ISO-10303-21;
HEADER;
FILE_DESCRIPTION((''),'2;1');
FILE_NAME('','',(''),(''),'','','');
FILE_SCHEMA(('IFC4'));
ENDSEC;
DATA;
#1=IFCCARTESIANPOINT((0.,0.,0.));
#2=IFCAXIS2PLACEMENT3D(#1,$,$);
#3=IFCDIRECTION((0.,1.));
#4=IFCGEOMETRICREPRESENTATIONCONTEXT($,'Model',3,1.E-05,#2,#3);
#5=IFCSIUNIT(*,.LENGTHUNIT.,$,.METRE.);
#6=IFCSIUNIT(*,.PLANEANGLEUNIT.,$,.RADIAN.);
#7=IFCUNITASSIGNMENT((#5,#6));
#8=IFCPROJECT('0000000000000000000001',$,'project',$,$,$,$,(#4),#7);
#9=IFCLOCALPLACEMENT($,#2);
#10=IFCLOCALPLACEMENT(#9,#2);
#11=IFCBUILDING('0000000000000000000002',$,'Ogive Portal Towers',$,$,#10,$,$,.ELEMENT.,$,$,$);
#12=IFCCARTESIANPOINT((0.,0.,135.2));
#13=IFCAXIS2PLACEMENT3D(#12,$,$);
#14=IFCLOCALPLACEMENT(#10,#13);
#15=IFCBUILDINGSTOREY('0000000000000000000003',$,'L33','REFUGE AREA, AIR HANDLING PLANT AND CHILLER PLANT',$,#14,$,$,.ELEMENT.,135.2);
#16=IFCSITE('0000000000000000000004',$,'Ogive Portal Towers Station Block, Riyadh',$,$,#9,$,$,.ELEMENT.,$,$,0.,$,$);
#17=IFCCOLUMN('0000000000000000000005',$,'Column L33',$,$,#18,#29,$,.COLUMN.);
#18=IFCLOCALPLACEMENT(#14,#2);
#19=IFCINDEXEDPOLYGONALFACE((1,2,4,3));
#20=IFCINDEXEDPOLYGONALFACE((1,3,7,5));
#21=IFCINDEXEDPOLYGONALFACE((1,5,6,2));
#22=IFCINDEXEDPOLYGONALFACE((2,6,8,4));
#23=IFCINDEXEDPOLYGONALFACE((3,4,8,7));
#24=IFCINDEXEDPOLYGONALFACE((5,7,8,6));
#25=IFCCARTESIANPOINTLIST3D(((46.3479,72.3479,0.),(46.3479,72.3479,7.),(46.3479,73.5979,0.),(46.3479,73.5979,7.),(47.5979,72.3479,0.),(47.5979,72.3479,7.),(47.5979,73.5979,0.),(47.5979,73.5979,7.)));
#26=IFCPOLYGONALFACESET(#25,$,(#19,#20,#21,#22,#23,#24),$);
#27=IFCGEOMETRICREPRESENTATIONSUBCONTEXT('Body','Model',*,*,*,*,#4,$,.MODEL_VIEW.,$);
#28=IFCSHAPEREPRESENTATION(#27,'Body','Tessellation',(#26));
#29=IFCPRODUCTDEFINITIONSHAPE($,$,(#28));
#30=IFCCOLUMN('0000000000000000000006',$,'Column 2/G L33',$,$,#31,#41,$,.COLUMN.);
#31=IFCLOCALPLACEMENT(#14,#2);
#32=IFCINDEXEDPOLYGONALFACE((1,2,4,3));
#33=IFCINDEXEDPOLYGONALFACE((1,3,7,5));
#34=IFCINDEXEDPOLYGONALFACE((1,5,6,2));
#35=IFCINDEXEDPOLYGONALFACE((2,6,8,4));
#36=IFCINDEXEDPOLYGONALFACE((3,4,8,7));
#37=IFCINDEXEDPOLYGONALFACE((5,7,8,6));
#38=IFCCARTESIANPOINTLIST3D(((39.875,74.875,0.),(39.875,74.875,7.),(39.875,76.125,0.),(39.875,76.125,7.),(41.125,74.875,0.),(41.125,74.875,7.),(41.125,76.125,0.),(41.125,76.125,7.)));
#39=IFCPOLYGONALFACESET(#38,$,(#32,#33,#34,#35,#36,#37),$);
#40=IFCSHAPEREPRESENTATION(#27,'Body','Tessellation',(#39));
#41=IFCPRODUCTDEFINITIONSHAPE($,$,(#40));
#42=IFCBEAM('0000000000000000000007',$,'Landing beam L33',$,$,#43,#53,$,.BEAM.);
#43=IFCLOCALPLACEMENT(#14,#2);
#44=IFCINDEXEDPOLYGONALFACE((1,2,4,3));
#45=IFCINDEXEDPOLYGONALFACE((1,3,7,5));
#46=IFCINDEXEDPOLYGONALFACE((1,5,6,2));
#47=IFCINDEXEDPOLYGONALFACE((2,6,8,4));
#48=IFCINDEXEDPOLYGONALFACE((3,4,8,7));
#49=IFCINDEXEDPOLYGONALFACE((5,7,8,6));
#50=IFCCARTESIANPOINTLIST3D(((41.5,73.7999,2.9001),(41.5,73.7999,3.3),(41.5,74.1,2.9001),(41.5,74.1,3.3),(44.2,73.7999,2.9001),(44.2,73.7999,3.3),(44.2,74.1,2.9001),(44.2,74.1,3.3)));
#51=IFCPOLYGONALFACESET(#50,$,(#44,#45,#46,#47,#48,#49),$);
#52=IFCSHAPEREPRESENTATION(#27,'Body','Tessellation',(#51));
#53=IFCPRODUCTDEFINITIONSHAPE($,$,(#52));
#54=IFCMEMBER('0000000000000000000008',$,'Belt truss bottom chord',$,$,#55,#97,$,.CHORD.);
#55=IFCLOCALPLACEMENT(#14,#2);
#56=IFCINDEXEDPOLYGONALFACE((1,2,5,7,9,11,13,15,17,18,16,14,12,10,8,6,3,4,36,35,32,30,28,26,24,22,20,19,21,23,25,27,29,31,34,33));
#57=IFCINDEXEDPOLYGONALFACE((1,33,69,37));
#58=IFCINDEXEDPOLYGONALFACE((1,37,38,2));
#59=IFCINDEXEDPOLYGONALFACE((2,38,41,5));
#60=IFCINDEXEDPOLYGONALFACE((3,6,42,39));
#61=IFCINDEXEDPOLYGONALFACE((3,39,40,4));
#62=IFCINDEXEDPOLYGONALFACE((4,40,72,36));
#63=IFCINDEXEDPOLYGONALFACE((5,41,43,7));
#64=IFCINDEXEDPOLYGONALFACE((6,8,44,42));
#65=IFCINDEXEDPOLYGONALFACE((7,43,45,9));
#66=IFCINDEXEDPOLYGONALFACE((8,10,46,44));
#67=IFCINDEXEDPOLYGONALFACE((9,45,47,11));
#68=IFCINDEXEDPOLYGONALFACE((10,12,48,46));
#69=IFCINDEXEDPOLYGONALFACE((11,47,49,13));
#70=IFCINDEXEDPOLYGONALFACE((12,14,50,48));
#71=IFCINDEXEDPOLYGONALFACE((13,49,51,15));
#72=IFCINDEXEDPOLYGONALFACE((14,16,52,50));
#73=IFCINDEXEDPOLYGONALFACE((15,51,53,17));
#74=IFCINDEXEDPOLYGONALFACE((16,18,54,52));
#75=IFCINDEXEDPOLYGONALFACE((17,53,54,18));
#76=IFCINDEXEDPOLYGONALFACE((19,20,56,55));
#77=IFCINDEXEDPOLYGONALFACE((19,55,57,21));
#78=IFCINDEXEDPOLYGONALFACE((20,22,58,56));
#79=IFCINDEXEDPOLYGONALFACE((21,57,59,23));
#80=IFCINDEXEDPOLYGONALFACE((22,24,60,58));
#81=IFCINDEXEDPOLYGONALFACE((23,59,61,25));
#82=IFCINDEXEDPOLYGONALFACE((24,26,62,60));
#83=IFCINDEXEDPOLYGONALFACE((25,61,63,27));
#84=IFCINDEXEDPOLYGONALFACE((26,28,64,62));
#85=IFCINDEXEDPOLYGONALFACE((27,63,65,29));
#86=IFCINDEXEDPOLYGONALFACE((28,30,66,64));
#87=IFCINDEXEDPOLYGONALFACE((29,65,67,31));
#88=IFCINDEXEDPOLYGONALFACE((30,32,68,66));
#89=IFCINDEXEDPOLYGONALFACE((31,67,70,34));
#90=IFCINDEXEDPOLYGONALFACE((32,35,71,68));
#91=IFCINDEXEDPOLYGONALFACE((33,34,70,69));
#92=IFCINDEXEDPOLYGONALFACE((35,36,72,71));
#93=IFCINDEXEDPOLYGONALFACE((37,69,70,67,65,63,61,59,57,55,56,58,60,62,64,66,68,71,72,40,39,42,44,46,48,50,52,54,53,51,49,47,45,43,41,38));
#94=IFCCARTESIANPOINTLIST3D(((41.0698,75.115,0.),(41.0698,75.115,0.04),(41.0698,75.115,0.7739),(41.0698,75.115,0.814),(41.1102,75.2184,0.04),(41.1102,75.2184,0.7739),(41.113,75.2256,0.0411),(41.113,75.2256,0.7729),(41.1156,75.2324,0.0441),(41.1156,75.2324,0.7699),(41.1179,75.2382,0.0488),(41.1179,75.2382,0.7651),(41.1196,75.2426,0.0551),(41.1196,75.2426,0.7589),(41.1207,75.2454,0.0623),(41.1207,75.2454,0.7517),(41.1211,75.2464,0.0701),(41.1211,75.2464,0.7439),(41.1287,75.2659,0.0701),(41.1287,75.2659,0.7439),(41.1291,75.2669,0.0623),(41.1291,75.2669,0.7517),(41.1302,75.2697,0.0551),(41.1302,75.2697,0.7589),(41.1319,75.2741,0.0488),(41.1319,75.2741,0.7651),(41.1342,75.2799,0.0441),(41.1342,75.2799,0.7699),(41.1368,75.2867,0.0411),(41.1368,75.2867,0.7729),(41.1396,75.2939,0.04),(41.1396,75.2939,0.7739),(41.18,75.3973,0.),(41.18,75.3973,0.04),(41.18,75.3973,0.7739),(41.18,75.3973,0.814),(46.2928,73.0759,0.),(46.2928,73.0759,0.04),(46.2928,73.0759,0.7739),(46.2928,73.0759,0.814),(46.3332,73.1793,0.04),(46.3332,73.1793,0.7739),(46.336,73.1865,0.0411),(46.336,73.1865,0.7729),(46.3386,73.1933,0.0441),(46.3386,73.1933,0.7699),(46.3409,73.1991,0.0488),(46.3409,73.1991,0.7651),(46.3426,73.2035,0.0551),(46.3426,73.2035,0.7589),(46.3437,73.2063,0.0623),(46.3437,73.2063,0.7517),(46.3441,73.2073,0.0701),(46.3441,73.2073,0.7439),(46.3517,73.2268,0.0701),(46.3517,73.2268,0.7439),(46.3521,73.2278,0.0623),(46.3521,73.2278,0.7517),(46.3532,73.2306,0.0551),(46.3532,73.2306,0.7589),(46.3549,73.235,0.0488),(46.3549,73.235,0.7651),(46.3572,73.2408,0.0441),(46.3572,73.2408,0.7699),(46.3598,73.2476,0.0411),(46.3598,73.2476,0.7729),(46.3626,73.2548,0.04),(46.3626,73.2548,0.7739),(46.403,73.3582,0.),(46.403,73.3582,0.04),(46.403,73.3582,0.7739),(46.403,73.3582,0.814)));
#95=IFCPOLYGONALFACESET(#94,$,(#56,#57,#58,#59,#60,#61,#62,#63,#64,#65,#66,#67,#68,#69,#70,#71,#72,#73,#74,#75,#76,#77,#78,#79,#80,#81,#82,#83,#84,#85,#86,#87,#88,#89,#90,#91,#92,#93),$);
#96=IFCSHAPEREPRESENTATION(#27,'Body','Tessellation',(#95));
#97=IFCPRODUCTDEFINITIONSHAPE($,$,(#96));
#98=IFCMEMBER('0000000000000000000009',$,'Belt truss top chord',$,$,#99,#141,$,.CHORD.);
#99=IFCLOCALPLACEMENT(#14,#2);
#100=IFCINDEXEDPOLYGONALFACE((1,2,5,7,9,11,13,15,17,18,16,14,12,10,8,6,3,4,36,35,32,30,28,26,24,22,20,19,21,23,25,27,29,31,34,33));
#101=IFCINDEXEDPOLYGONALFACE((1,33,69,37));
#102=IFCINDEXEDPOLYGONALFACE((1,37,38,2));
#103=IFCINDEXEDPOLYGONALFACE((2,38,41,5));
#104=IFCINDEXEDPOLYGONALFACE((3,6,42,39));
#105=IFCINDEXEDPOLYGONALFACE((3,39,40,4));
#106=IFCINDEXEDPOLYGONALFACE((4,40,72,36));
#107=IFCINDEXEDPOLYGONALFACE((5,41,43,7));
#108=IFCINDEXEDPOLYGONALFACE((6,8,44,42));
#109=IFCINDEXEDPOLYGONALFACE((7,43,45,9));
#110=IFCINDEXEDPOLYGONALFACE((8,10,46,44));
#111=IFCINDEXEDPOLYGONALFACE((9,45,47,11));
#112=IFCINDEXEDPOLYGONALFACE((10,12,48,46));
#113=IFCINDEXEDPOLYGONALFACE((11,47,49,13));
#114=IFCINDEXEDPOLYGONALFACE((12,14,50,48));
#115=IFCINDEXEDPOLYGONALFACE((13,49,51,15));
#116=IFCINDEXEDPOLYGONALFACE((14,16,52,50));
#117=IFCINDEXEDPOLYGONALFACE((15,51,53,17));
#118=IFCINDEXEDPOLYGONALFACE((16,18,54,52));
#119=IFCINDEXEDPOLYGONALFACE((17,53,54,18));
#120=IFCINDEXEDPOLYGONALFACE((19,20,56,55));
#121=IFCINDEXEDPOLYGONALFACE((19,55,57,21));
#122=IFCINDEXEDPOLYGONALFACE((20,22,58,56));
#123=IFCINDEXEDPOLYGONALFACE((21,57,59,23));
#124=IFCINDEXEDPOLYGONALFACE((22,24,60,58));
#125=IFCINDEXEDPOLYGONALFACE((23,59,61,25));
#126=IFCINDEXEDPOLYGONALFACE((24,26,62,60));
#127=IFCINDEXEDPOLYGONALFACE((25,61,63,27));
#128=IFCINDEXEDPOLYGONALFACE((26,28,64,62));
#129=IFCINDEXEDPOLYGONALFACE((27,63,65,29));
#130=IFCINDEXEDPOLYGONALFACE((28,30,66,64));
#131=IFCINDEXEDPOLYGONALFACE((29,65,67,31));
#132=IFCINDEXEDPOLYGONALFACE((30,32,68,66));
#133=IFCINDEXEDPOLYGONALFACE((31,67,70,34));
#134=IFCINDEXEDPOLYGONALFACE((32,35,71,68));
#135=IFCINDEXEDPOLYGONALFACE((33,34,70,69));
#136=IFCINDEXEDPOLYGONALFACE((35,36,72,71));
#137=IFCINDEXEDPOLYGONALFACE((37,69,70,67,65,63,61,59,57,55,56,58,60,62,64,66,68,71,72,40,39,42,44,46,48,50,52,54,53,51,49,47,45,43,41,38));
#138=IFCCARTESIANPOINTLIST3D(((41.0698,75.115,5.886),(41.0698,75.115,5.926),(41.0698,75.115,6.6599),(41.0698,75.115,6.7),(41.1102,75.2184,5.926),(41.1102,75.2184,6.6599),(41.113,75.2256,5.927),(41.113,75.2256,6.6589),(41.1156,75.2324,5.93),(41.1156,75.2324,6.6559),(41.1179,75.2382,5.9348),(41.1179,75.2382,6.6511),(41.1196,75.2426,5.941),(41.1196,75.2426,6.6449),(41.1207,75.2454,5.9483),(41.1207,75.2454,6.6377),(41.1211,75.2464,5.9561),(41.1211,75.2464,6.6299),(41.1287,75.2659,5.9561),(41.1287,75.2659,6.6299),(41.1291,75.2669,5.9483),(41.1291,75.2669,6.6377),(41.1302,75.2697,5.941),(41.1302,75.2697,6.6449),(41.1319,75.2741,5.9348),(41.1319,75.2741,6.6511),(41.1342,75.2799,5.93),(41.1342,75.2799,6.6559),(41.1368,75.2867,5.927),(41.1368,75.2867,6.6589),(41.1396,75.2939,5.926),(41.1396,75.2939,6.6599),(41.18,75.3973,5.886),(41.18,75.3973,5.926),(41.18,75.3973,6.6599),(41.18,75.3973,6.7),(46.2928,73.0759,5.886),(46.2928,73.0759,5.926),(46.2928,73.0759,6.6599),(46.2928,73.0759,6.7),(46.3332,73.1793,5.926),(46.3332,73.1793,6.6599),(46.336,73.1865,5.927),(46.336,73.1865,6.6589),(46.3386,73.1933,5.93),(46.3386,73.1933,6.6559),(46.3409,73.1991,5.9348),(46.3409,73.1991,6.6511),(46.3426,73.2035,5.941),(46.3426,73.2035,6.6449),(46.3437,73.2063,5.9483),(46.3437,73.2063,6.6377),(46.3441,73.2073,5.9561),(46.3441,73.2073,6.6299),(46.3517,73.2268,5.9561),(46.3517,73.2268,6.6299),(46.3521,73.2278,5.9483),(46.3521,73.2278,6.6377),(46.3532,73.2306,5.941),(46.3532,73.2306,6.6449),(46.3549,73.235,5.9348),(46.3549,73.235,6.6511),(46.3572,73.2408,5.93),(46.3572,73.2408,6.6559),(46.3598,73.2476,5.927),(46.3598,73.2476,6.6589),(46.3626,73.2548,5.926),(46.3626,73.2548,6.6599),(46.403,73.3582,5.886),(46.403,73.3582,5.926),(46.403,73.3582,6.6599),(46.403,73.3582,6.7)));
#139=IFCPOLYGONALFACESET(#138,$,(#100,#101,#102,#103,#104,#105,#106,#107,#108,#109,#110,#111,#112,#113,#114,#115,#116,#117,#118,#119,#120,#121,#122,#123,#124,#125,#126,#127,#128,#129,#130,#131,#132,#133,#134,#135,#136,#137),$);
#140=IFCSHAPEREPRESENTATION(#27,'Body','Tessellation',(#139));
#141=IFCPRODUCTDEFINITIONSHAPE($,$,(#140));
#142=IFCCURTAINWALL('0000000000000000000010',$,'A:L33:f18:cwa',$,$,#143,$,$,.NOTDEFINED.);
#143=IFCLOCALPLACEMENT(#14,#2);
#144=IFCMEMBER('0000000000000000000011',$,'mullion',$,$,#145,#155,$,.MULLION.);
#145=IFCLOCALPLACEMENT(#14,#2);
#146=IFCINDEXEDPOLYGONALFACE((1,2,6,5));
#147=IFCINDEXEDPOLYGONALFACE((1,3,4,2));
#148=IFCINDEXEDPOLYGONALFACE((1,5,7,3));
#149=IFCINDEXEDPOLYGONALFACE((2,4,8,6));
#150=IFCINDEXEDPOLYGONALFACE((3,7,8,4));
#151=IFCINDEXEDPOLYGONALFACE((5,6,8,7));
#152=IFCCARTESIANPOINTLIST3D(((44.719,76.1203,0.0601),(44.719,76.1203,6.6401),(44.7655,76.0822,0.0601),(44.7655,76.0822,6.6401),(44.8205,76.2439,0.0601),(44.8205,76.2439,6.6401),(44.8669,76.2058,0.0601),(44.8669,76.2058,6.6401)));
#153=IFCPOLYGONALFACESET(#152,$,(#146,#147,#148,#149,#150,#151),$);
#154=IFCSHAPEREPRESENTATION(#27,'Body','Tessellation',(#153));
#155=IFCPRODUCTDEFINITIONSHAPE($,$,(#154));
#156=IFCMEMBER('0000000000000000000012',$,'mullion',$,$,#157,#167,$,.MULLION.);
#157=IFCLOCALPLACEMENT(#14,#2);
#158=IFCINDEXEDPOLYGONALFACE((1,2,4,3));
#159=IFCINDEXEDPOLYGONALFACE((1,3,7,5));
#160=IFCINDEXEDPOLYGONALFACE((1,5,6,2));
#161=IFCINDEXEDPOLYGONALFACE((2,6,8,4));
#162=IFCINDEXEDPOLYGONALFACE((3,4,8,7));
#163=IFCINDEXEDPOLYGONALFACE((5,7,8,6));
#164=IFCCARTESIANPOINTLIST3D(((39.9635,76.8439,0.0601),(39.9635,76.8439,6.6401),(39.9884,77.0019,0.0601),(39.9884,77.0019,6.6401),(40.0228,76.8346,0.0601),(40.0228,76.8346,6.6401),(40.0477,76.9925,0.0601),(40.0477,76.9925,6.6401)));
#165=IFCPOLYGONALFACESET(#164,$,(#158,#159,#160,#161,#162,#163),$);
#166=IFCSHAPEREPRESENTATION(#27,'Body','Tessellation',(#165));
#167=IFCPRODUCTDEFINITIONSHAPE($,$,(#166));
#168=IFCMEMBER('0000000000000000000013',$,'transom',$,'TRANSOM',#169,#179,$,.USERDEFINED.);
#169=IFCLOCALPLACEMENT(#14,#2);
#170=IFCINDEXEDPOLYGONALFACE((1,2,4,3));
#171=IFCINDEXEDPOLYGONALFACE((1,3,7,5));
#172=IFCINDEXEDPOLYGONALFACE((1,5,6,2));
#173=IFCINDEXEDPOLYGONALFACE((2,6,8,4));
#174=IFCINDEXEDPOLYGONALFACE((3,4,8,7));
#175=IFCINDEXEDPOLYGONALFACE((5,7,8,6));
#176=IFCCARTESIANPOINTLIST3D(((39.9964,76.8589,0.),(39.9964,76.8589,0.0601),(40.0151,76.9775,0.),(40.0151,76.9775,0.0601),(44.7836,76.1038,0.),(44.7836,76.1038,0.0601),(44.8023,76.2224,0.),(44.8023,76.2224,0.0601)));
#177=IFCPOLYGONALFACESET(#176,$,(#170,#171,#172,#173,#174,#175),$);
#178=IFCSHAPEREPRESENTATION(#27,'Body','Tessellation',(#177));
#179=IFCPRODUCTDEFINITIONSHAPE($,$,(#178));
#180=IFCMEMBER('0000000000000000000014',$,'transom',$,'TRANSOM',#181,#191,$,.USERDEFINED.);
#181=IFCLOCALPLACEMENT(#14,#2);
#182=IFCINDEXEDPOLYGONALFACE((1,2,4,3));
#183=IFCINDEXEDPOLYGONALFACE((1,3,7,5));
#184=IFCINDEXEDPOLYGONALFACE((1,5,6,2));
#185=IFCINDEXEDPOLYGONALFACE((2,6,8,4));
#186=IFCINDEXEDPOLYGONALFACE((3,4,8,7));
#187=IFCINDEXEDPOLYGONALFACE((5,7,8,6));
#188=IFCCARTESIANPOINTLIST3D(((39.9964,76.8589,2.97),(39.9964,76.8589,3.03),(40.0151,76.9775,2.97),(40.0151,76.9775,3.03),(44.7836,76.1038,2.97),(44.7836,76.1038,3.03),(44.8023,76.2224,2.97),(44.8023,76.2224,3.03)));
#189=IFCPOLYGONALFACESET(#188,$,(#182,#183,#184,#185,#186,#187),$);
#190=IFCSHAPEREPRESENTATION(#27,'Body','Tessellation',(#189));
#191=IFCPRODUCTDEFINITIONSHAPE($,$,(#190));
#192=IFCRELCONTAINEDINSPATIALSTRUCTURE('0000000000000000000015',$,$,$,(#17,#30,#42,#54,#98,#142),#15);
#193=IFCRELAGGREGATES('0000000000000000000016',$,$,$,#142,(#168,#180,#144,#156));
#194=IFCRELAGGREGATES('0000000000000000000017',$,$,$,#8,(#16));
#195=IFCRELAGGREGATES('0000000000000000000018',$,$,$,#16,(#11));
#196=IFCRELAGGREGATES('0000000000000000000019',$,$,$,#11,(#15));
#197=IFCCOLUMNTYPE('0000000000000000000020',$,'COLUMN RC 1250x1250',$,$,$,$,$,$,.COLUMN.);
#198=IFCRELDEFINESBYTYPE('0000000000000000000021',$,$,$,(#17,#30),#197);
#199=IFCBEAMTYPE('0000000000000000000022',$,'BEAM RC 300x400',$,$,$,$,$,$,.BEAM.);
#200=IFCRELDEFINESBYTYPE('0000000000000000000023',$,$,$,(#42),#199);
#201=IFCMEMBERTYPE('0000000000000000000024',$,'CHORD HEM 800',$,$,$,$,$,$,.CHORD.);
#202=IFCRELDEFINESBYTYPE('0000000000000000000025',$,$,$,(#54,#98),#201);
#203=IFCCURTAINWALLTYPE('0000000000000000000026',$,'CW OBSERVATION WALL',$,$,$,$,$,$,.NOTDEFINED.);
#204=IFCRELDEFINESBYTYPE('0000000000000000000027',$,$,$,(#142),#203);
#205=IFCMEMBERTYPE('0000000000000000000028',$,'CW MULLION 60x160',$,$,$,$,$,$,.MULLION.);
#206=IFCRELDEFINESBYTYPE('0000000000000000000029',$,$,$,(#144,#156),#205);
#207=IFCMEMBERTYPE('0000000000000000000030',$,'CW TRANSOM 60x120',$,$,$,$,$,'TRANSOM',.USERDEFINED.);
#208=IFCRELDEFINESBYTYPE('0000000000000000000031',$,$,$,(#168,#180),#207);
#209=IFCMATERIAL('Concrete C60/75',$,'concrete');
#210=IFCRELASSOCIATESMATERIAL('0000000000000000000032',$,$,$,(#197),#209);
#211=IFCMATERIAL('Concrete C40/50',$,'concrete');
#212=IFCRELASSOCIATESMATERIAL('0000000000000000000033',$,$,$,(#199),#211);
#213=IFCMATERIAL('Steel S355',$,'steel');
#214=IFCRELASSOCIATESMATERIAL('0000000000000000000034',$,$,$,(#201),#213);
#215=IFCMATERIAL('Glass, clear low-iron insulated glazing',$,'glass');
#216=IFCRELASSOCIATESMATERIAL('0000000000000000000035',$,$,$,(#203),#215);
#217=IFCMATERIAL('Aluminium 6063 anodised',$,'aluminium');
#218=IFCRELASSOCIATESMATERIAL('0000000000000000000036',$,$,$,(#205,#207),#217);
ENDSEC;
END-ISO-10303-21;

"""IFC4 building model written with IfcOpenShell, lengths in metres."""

from ifc_helpers import new_model, si_unit, direction, frame, origin, origin_2d, place, context, subcontext, project, spatial, rectangle, i_section, extrude, material, material_profile, profile_set, type_object, element, aggregate, save


model = new_model("IFC4")

# Units and contexts
model_context = context("Model", 3, precision=1e-05, world=origin(), true_north=direction((0.0, 1.0)))
body_context = subcontext(model_context, "Body", "Model", "MODEL_VIEW")
ifc_project = project(units=[si_unit("LENGTHUNIT", "METRE"), si_unit("PLANEANGLEUNIT", "RADIAN")], contexts=[model_context])

# Site, building, storey
site_placement = place(None, origin())
site = spatial("IfcSite", under=ifc_project, at=site_placement, Name="Ogive Portal Towers Station Block, Riyadh", CompositionType="ELEMENT", RefElevation=0.0)
building_placement = place(site_placement, origin())
building = spatial("IfcBuilding", under=site, at=building_placement, Name="Ogive Portal Towers", CompositionType="ELEMENT")
storey_placement = place(building_placement, frame((0.0, 0.0, 135.2)))
storey = spatial("IfcBuildingStorey", under=building, at=storey_placement, Name="L33", Description="REFUGE AREA, AIR HANDLING PLANT AND CHILLER PLANT", CompositionType="ELEMENT", Elevation=135.2)

# Columns
ifc_material_1 = material(Name="Concrete C60/75", Category="concrete")
ifc_material_profile_1 = material_profile(ifc_material_1, rectangle(XDim=1.25, YDim=1.25, at=origin_2d()), Name="RC 1250x1250")
ifc_profile_set_1 = profile_set([ifc_material_profile_1], Name="Concrete C60/75")
column_type = type_object("IfcColumnType", Name="COLUMN RC 1250x1250", PredefinedType="COLUMN", material=ifc_profile_set_1)
for number, where, z_axis, x_axis, name in (
    (1, (46.9729, 72.9729, 0.0), (0.0, 0.0, 1.0), (1.0, 0.0, 0.0), "Column L33"),
    (2, (40.5, 75.5, 0.0), (0.0, 0.0, 1.0), (1.0, 0.0, 0.0), "Column 2/G L33"),
):
    element("IfcColumn", number, at=place(storey_placement, frame(where, z_axis=z_axis, x_axis=x_axis)), inside=storey, type_object=column_type, Name=name, PredefinedType="COLUMN", context=body_context, shape_type="SweptSolid", body=[
        extrude(rectangle(XDim=1.25, YDim=1.25, at=origin_2d()), origin(), (0.0, 0.0, 1.0), 7.0),
    ])

# Beam
ifc_material_2 = material(Name="Concrete C40/50", Category="concrete")
ifc_material_profile_2 = material_profile(ifc_material_2, rectangle(XDim=0.3, YDim=0.3999, at=origin_2d()), Name="RC 300x400")
ifc_profile_set_2 = profile_set([ifc_material_profile_2], Name="Concrete C40/50")
beam_type = type_object("IfcBeamType", Name="BEAM RC 300x400", PredefinedType="BEAM", material=ifc_profile_set_2)
beam_placement = place(storey_placement, frame((41.5, 73.95, 3.1001), z_axis=(1.0, 0.0, 0.0), x_axis=(0.0, 1.0, 0.0)))
element("IfcBeam", 3, at=beam_placement, inside=storey, type_object=beam_type, Name="Landing beam L33", PredefinedType="BEAM", context=body_context, shape_type="SweptSolid", body=[
    extrude(rectangle(XDim=0.3, YDim=0.3999, at=origin_2d()), origin(), (0.0, 0.0, 1.0), 2.7),
])

# Members
ifc_material_3 = material(Name="Steel S355", Category="steel")
ifc_material_profile_3 = material_profile(ifc_material_3, i_section(OverallWidth=0.303, OverallDepth=0.814, WebThickness=0.021, FlangeThickness=0.04, FilletRadius=0.03, at=origin_2d()), Name="HEM 800")
ifc_profile_set_3 = profile_set([ifc_material_profile_3], Name="Steel S355")
member_type_1 = type_object("IfcMemberType", Name="CHORD HEM 800", PredefinedType="CHORD", material=ifc_profile_set_3)
for number, where, z_axis, x_axis, name in (
    (4, (46.3479, 73.217, 0.407), (-0.931526, 0.363675, 0.0), (-0.363675, -0.931526, 0.0), "Belt truss bottom chord"),
    (5, (46.3479, 73.217, 6.293), (-0.931526, 0.363675, 0.0), (-0.363675, -0.931526, 0.0), "Belt truss top chord"),
):
    element("IfcMember", number, at=place(storey_placement, frame(where, z_axis=z_axis, x_axis=x_axis)), inside=storey, type_object=member_type_1, Name=name, PredefinedType="CHORD", context=body_context, shape_type="SweptSolid", body=[
        extrude(i_section(OverallWidth=0.303, OverallDepth=0.814, WebThickness=0.021, FlangeThickness=0.04, FilletRadius=0.03, at=origin_2d()), origin(), (0.0, 0.0, 1.0), 5.6069),
    ])

# Curtain wall, members
ifc_material_4 = material(Name="Glass, clear low-iron insulated glazing", Category="glass")
curtain_wall_type = type_object("IfcCurtainWallType", Name="CW OBSERVATION WALL", PredefinedType="NOTDEFINED", material=ifc_material_4)
curtain_wall_placement = place(storey_placement, origin())
curtain_wall = element("IfcCurtainWall", 6, at=curtain_wall_placement, inside=storey, type_object=curtain_wall_type, Name="A:L33:f18:cwa", PredefinedType="NOTDEFINED")
ifc_material_5 = material(Name="Aluminium 6063 anodised", Category="aluminium")
ifc_material_profile_4 = material_profile(ifc_material_5, rectangle(XDim=0.1599, YDim=0.0601, at=origin_2d()), Name="AL 60x160")
ifc_profile_set_4 = profile_set([ifc_material_profile_4], Name="Aluminium 6063 anodised")
member_type_2 = type_object("IfcMemberType", Name="CW MULLION 60x160", PredefinedType="MULLION", material=ifc_profile_set_4)
member_1_placement = place(storey_placement, frame((44.793, 76.1631, 0.0601), z_axis=(0.0, 0.0, 1.0), x_axis=(-0.634393, -0.77301, 0.0)))
member_1 = element("IfcMember", 7, at=member_1_placement, type_object=member_type_2, Name="mullion", PredefinedType="MULLION", context=body_context, shape_type="SweptSolid", body=[
    extrude(rectangle(XDim=0.1599, YDim=0.0601, at=origin_2d()), origin(), (0.0, 0.0, 1.0), 6.5801),
])
member_2_placement = place(storey_placement, frame((40.0056, 76.9182, 0.0601), z_axis=(0.0, 0.0, 1.0), x_axis=(-0.155777, -0.987792, 0.0)))
member_2 = element("IfcMember", 8, at=member_2_placement, type_object=member_type_2, Name="mullion", PredefinedType="MULLION", context=body_context, shape_type="SweptSolid", body=[
    extrude(rectangle(XDim=0.1599, YDim=0.0601, at=origin_2d()), origin(), (0.0, 0.0, 1.0), 6.5801),
])
ifc_material_profile_5 = material_profile(ifc_material_5, rectangle(XDim=0.1201, YDim=0.0601, at=origin_2d()), Name="AL 120x60")
ifc_profile_set_5 = profile_set([ifc_material_profile_5], Name="Aluminium 6063 anodised")
member_type_3 = type_object("IfcMemberType", Name="CW TRANSOM 60x120", ElementType="TRANSOM", PredefinedType="USERDEFINED", material=ifc_profile_set_5)
member_3_placement = place(storey_placement, frame((44.793, 76.1631, 0.03), z_axis=(-0.987787, 0.155807, 0.0), x_axis=(-0.155807, -0.987787, 0.0)))
member_3 = element("IfcMember", 9, at=member_3_placement, type_object=member_type_3, Name="transom", ObjectType="TRANSOM", PredefinedType="USERDEFINED", context=body_context, shape_type="SweptSolid", body=[
    extrude(rectangle(XDim=0.1201, YDim=0.0601, at=origin_2d()), origin(), (0.0, 0.0, 1.0), 4.8464),
])
member_4_placement = place(storey_placement, frame((44.793, 76.1631, 3.0), z_axis=(-0.987787, 0.155807, 0.0), x_axis=(-0.155807, -0.987787, 0.0)))
member_4 = element("IfcMember", 10, at=member_4_placement, type_object=member_type_3, Name="transom", ObjectType="TRANSOM", PredefinedType="USERDEFINED", context=body_context, shape_type="SweptSolid", body=[
    extrude(rectangle(XDim=0.1201, YDim=0.0601, at=origin_2d()), origin(), (0.0, 0.0, 1.0), 4.8464),
])
aggregate(curtain_wall, [member_3, member_4, member_1, member_2])

save(model, "model.ifc")
